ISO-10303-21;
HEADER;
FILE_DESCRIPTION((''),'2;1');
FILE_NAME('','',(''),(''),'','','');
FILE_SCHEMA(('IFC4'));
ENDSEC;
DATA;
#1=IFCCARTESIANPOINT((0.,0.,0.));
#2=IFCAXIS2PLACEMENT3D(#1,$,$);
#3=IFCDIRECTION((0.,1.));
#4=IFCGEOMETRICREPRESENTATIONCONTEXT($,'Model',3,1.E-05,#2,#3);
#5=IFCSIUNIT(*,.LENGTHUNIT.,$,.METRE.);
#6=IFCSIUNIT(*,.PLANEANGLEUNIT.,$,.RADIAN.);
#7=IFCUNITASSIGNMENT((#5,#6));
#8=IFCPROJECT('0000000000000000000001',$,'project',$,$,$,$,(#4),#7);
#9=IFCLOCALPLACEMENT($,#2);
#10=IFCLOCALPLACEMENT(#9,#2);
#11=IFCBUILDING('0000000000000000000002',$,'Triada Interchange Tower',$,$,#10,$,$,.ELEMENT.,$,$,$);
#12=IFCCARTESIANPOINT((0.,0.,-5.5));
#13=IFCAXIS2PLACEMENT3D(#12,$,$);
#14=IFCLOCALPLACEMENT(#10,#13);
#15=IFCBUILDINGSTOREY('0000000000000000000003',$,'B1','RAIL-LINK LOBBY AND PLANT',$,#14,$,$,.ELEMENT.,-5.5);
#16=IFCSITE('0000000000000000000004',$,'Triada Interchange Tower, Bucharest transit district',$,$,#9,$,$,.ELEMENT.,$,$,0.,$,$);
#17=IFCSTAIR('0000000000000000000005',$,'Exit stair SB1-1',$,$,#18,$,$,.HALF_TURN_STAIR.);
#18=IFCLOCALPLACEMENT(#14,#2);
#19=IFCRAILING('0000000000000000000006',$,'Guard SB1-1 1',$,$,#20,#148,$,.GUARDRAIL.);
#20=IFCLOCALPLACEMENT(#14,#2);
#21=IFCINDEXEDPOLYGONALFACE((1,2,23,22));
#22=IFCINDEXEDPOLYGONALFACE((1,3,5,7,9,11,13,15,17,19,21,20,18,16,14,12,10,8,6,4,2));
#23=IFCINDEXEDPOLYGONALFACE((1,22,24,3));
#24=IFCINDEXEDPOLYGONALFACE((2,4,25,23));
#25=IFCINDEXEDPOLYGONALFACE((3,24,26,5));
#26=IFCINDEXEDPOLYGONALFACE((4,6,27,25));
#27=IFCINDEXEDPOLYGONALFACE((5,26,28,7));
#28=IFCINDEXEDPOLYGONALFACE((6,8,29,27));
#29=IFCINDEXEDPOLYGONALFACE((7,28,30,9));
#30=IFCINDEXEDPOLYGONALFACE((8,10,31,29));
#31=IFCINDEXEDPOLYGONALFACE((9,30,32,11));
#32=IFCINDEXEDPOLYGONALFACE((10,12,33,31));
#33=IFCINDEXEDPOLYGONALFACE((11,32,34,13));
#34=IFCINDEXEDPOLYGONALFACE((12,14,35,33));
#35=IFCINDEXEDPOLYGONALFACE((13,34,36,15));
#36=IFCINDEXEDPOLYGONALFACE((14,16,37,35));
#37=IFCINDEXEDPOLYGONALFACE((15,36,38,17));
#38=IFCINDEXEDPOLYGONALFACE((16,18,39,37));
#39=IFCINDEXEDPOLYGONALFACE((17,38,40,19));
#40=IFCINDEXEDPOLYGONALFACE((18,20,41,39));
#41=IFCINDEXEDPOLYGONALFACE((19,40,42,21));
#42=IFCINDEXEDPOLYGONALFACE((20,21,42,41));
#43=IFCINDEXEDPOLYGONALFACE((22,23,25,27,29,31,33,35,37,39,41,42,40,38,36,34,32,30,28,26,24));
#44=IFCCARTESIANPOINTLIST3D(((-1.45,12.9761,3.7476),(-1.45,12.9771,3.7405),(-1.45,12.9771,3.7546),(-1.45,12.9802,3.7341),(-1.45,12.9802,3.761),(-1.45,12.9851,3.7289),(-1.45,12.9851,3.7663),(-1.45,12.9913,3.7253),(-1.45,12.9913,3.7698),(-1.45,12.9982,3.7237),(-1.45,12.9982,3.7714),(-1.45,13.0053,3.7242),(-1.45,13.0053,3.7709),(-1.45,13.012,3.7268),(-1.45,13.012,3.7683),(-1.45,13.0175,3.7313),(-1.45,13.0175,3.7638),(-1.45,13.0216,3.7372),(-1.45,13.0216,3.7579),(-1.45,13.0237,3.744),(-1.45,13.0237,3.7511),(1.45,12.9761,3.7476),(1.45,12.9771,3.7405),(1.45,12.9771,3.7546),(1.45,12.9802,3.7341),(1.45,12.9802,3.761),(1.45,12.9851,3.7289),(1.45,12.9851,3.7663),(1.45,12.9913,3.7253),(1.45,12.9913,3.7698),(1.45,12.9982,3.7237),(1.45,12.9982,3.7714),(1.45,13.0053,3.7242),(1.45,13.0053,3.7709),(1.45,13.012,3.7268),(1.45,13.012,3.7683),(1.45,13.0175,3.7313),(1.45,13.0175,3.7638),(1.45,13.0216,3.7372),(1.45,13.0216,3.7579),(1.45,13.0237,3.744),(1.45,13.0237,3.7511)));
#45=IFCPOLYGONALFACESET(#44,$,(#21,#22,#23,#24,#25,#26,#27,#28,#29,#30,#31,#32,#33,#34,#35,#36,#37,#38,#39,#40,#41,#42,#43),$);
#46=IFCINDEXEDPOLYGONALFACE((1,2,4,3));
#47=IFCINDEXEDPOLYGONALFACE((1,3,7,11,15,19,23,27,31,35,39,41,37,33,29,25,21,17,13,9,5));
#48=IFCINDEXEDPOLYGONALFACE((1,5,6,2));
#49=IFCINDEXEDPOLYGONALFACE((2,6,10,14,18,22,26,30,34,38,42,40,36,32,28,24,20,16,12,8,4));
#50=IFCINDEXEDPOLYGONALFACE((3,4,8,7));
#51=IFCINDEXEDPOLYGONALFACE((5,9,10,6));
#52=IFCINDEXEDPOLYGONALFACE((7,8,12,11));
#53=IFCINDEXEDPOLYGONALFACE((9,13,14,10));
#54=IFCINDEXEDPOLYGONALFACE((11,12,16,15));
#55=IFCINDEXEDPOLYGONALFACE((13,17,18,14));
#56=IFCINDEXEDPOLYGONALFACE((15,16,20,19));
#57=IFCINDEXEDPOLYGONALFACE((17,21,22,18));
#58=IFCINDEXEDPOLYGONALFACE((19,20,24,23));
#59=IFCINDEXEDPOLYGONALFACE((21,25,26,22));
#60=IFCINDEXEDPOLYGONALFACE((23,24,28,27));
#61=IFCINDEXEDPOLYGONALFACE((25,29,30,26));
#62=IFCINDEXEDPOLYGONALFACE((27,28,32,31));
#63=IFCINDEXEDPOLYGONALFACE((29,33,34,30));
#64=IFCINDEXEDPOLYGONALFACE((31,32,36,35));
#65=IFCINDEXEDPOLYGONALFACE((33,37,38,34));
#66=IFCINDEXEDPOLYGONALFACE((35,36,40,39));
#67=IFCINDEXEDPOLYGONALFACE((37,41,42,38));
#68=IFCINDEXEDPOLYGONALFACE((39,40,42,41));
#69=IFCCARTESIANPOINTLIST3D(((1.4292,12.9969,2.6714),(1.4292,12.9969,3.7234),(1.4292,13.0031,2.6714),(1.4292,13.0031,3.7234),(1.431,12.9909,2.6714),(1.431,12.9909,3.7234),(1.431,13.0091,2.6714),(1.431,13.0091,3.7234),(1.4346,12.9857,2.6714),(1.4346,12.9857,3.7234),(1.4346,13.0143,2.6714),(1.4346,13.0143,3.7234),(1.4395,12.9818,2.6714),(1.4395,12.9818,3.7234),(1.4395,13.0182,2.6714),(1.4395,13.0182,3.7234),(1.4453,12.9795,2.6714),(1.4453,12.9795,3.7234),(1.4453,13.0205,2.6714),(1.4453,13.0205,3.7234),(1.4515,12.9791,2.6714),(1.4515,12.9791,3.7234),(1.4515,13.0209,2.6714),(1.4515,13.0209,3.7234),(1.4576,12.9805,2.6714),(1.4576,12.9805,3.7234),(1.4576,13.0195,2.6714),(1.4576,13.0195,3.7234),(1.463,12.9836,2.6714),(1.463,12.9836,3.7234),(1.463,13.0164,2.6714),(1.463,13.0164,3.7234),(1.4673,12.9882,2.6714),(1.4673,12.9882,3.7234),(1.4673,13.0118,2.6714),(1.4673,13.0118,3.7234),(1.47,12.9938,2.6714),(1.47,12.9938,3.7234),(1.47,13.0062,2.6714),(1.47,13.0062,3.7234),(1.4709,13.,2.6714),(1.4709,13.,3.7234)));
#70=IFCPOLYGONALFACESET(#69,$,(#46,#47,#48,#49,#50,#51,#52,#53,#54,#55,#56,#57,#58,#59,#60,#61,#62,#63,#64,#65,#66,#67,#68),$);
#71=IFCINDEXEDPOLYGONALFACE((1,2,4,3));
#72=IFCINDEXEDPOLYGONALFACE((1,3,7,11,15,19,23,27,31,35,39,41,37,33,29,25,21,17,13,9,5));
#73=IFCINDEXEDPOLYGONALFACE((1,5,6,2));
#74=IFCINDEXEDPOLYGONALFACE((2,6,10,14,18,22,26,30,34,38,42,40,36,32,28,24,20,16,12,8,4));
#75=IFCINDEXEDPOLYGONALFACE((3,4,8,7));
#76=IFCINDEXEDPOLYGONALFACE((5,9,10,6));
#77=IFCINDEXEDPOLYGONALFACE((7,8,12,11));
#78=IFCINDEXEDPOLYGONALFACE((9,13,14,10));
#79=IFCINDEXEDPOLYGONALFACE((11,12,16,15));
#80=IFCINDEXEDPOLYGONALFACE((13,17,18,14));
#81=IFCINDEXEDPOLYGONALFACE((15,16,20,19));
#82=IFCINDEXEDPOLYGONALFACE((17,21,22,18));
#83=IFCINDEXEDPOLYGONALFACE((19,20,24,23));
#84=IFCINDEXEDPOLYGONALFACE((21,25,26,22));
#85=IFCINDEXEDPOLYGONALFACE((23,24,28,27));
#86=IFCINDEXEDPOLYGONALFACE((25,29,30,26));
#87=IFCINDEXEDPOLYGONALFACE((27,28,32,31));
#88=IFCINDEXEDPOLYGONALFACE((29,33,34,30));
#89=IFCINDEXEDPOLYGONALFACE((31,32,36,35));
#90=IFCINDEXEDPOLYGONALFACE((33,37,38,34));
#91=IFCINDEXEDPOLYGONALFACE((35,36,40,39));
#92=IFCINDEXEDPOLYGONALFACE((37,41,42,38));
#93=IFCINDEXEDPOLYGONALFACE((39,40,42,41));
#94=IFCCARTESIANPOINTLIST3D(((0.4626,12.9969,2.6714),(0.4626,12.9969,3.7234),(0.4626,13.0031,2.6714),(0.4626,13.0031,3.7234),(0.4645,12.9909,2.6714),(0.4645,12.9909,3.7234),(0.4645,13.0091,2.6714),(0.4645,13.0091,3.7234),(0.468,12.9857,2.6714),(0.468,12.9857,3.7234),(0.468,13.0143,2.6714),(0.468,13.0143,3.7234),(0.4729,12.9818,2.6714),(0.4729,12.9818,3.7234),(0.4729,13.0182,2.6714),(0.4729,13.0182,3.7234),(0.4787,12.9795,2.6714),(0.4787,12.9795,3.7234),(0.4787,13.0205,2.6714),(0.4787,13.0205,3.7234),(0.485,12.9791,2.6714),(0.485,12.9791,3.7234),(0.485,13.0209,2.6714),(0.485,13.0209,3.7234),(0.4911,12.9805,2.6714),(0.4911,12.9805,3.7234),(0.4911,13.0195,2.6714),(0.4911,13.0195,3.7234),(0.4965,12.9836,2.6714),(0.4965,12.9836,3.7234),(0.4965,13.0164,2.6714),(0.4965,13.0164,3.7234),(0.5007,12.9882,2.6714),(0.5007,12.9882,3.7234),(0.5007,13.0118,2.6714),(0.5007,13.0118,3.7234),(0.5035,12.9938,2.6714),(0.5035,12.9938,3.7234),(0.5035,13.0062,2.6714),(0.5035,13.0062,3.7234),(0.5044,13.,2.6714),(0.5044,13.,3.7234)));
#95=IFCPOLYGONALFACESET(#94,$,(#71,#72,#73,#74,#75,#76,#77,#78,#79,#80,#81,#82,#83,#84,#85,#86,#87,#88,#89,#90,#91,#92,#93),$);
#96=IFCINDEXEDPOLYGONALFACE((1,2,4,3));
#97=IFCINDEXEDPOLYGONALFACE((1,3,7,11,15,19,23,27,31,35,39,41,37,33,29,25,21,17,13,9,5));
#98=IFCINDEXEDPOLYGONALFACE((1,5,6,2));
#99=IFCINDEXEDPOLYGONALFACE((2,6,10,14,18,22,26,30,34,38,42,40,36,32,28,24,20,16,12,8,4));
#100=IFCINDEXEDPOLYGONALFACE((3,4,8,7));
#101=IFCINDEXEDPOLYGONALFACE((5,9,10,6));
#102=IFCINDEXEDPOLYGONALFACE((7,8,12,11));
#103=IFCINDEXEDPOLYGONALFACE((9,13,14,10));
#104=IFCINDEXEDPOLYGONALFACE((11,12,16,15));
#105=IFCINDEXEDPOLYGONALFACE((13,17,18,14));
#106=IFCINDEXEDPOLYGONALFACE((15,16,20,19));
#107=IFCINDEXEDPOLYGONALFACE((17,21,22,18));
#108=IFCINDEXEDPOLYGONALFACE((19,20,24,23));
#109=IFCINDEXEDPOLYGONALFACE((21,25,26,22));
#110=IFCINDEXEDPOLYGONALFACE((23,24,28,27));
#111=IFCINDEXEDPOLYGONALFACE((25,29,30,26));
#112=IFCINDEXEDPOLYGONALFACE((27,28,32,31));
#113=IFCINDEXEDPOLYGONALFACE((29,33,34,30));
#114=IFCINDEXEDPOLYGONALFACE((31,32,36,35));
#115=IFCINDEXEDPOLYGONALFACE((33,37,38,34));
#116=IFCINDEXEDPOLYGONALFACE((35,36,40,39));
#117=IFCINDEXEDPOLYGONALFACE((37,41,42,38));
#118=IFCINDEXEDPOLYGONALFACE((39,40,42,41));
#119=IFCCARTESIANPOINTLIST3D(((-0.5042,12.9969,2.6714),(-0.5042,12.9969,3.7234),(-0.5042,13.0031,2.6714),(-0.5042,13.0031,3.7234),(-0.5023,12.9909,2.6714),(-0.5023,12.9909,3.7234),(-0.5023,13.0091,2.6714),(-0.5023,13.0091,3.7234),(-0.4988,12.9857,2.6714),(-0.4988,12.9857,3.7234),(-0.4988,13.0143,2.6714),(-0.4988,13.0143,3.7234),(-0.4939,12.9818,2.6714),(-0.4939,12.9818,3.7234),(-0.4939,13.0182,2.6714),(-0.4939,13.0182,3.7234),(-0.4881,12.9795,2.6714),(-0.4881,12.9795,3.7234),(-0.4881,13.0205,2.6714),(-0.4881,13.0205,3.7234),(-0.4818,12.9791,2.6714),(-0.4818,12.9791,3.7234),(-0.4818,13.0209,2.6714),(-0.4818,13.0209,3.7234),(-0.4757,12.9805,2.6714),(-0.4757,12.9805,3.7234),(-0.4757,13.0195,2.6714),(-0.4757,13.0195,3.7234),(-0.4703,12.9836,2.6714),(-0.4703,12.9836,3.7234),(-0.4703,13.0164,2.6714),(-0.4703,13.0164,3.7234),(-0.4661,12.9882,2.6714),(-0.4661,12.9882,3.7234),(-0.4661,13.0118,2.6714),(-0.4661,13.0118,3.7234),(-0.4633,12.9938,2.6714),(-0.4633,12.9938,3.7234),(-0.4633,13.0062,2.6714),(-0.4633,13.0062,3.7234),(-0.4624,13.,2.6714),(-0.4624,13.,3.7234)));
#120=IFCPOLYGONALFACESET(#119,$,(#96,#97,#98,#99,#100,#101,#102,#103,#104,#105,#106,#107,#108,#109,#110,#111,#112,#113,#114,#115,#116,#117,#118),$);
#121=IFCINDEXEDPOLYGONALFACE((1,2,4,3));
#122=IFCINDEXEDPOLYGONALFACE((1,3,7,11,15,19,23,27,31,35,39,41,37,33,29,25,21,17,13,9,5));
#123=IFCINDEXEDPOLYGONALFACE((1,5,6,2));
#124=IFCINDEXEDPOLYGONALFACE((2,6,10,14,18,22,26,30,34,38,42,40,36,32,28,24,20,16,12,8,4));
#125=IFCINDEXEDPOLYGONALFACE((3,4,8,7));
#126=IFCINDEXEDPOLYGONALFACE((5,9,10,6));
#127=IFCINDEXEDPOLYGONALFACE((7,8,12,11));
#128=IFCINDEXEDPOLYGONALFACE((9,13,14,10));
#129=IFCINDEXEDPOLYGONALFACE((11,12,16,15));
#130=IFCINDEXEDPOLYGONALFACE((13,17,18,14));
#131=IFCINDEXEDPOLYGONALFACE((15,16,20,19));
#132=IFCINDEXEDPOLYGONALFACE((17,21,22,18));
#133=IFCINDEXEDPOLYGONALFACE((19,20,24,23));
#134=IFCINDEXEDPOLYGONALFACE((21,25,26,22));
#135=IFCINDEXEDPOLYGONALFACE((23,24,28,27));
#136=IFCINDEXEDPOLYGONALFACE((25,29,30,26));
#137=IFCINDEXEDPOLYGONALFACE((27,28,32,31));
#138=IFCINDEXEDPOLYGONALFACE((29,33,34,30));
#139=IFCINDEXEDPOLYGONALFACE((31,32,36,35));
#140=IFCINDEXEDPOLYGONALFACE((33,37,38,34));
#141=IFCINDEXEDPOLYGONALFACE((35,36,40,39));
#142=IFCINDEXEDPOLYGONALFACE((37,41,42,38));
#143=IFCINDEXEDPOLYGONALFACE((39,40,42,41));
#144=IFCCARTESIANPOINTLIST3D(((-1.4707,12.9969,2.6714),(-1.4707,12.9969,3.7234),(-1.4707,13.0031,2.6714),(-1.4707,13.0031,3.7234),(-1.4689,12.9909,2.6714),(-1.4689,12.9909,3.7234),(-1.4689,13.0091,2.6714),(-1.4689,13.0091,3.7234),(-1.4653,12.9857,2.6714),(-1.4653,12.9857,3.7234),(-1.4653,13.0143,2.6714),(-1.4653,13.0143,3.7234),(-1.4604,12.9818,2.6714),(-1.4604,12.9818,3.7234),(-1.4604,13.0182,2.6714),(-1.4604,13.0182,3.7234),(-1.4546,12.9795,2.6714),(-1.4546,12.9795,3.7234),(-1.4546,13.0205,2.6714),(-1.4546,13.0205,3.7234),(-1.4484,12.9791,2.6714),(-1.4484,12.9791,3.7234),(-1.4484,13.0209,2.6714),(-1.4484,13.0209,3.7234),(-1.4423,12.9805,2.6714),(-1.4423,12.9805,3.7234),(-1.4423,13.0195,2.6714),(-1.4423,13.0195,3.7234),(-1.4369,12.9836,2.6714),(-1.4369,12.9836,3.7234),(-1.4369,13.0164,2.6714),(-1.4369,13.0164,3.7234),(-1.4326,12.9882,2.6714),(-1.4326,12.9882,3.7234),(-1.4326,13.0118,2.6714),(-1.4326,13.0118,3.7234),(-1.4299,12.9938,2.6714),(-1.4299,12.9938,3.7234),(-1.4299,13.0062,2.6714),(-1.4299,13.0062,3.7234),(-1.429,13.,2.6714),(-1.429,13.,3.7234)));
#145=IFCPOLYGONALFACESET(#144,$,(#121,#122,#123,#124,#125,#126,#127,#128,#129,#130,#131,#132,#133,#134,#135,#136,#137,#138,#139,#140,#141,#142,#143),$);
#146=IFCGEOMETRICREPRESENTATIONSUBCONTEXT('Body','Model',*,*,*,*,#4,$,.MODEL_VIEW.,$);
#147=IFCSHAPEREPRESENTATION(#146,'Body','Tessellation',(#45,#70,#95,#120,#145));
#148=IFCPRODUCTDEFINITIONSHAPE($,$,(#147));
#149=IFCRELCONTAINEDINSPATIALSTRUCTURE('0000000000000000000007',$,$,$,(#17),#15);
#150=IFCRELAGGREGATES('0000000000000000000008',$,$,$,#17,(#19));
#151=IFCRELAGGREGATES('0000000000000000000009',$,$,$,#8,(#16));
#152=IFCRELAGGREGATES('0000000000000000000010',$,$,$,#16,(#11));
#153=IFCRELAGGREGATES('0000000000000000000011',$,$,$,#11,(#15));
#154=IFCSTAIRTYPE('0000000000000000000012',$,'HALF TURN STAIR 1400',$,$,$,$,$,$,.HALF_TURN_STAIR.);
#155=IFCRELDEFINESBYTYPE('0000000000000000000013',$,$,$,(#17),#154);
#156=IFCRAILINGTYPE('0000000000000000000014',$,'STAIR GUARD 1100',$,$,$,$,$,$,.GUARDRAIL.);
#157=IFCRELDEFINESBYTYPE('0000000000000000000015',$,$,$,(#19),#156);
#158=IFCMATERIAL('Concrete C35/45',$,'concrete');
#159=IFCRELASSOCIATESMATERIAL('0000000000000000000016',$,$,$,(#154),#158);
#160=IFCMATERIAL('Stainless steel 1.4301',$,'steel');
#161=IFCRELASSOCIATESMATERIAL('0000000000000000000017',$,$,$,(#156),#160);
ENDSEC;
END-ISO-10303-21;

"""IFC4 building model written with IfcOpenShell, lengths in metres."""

from ifc_helpers import new_model, si_unit, direction, frame, origin, origin_2d, place, context, subcontext, project, spatial, circle, extrude, material, type_object, element, aggregate, save


model = new_model("IFC4")

# Units and contexts
model_context = context("Model", 3, precision=1e-05, world=origin(), true_north=direction((0.0, 1.0)))
body_context = subcontext(model_context, "Body", "Model", "MODEL_VIEW")
ifc_project = project(units=[si_unit("LENGTHUNIT", "METRE"), si_unit("PLANEANGLEUNIT", "RADIAN")], contexts=[model_context])

# Site, building, storey
site_placement = place(None, origin())
site = spatial("IfcSite", under=ifc_project, at=site_placement, Name="Triada Interchange Tower, Bucharest transit district", CompositionType="ELEMENT", RefElevation=0.0)
building_placement = place(site_placement, origin())
building = spatial("IfcBuilding", under=site, at=building_placement, Name="Triada Interchange Tower", CompositionType="ELEMENT")
storey_placement = place(building_placement, frame((0.0, 0.0, -5.5)))
storey = spatial("IfcBuildingStorey", under=building, at=storey_placement, Name="B1", Description="RAIL-LINK LOBBY AND PLANT", CompositionType="ELEMENT", Elevation=-5.5)

# Shared definitions
ifc_material_1 = material(Name="Concrete C35/45", Category="concrete")

# Stair, railing
stair_type = type_object("IfcStairType", Name="HALF TURN STAIR 1400", PredefinedType="HALF_TURN_STAIR", material=ifc_material_1)
stair_placement = place(storey_placement, origin())
stair = element("IfcStair", 1, at=stair_placement, inside=storey, type_object=stair_type, Name="Exit stair SB1-1", PredefinedType="HALF_TURN_STAIR")
ifc_material_2 = material(Name="Stainless steel 1.4301", Category="steel")
railing_type_1 = type_object("IfcRailingType", Name="STAIR GUARD 1100", PredefinedType="GUARDRAIL", material=ifc_material_2)
railing_1_placement = place(storey_placement, frame((1.45, 13.0, 2.6714)))
railing_1 = element("IfcRailing", 2, at=railing_1_placement, type_object=railing_type_1, Name="Guard SB1-1 1", PredefinedType="GUARDRAIL", context=body_context, shape_type="SweptSolid", body=[
    extrude(circle(Radius=0.0239, at=origin_2d()), frame((0.0, 0.0, 1.0762), z_axis=(-1.0, 0.0, 0.0), x_axis=(0.0, -1.0, 0.0)), (0.0, 0.0, 1.0), 2.8999),
    extrude(circle(Radius=0.021, at=origin_2d()), origin(), (0.0, 0.0, 1.0), 1.052),
    extrude(circle(Radius=0.021, at=origin_2d()), frame((-0.9666, 0.0, 0.0)), (0.0, 0.0, 1.0), 1.052),
    extrude(circle(Radius=0.021, at=origin_2d()), frame((-1.9333, 0.0, 0.0)), (0.0, 0.0, 1.0), 1.052),
    extrude(circle(Radius=0.021, at=origin_2d()), frame((-2.8999, 0.0, 0.0)), (0.0, 0.0, 1.0), 1.052),
])
aggregate(stair, [railing_1])

save(model, "model.ifc")
